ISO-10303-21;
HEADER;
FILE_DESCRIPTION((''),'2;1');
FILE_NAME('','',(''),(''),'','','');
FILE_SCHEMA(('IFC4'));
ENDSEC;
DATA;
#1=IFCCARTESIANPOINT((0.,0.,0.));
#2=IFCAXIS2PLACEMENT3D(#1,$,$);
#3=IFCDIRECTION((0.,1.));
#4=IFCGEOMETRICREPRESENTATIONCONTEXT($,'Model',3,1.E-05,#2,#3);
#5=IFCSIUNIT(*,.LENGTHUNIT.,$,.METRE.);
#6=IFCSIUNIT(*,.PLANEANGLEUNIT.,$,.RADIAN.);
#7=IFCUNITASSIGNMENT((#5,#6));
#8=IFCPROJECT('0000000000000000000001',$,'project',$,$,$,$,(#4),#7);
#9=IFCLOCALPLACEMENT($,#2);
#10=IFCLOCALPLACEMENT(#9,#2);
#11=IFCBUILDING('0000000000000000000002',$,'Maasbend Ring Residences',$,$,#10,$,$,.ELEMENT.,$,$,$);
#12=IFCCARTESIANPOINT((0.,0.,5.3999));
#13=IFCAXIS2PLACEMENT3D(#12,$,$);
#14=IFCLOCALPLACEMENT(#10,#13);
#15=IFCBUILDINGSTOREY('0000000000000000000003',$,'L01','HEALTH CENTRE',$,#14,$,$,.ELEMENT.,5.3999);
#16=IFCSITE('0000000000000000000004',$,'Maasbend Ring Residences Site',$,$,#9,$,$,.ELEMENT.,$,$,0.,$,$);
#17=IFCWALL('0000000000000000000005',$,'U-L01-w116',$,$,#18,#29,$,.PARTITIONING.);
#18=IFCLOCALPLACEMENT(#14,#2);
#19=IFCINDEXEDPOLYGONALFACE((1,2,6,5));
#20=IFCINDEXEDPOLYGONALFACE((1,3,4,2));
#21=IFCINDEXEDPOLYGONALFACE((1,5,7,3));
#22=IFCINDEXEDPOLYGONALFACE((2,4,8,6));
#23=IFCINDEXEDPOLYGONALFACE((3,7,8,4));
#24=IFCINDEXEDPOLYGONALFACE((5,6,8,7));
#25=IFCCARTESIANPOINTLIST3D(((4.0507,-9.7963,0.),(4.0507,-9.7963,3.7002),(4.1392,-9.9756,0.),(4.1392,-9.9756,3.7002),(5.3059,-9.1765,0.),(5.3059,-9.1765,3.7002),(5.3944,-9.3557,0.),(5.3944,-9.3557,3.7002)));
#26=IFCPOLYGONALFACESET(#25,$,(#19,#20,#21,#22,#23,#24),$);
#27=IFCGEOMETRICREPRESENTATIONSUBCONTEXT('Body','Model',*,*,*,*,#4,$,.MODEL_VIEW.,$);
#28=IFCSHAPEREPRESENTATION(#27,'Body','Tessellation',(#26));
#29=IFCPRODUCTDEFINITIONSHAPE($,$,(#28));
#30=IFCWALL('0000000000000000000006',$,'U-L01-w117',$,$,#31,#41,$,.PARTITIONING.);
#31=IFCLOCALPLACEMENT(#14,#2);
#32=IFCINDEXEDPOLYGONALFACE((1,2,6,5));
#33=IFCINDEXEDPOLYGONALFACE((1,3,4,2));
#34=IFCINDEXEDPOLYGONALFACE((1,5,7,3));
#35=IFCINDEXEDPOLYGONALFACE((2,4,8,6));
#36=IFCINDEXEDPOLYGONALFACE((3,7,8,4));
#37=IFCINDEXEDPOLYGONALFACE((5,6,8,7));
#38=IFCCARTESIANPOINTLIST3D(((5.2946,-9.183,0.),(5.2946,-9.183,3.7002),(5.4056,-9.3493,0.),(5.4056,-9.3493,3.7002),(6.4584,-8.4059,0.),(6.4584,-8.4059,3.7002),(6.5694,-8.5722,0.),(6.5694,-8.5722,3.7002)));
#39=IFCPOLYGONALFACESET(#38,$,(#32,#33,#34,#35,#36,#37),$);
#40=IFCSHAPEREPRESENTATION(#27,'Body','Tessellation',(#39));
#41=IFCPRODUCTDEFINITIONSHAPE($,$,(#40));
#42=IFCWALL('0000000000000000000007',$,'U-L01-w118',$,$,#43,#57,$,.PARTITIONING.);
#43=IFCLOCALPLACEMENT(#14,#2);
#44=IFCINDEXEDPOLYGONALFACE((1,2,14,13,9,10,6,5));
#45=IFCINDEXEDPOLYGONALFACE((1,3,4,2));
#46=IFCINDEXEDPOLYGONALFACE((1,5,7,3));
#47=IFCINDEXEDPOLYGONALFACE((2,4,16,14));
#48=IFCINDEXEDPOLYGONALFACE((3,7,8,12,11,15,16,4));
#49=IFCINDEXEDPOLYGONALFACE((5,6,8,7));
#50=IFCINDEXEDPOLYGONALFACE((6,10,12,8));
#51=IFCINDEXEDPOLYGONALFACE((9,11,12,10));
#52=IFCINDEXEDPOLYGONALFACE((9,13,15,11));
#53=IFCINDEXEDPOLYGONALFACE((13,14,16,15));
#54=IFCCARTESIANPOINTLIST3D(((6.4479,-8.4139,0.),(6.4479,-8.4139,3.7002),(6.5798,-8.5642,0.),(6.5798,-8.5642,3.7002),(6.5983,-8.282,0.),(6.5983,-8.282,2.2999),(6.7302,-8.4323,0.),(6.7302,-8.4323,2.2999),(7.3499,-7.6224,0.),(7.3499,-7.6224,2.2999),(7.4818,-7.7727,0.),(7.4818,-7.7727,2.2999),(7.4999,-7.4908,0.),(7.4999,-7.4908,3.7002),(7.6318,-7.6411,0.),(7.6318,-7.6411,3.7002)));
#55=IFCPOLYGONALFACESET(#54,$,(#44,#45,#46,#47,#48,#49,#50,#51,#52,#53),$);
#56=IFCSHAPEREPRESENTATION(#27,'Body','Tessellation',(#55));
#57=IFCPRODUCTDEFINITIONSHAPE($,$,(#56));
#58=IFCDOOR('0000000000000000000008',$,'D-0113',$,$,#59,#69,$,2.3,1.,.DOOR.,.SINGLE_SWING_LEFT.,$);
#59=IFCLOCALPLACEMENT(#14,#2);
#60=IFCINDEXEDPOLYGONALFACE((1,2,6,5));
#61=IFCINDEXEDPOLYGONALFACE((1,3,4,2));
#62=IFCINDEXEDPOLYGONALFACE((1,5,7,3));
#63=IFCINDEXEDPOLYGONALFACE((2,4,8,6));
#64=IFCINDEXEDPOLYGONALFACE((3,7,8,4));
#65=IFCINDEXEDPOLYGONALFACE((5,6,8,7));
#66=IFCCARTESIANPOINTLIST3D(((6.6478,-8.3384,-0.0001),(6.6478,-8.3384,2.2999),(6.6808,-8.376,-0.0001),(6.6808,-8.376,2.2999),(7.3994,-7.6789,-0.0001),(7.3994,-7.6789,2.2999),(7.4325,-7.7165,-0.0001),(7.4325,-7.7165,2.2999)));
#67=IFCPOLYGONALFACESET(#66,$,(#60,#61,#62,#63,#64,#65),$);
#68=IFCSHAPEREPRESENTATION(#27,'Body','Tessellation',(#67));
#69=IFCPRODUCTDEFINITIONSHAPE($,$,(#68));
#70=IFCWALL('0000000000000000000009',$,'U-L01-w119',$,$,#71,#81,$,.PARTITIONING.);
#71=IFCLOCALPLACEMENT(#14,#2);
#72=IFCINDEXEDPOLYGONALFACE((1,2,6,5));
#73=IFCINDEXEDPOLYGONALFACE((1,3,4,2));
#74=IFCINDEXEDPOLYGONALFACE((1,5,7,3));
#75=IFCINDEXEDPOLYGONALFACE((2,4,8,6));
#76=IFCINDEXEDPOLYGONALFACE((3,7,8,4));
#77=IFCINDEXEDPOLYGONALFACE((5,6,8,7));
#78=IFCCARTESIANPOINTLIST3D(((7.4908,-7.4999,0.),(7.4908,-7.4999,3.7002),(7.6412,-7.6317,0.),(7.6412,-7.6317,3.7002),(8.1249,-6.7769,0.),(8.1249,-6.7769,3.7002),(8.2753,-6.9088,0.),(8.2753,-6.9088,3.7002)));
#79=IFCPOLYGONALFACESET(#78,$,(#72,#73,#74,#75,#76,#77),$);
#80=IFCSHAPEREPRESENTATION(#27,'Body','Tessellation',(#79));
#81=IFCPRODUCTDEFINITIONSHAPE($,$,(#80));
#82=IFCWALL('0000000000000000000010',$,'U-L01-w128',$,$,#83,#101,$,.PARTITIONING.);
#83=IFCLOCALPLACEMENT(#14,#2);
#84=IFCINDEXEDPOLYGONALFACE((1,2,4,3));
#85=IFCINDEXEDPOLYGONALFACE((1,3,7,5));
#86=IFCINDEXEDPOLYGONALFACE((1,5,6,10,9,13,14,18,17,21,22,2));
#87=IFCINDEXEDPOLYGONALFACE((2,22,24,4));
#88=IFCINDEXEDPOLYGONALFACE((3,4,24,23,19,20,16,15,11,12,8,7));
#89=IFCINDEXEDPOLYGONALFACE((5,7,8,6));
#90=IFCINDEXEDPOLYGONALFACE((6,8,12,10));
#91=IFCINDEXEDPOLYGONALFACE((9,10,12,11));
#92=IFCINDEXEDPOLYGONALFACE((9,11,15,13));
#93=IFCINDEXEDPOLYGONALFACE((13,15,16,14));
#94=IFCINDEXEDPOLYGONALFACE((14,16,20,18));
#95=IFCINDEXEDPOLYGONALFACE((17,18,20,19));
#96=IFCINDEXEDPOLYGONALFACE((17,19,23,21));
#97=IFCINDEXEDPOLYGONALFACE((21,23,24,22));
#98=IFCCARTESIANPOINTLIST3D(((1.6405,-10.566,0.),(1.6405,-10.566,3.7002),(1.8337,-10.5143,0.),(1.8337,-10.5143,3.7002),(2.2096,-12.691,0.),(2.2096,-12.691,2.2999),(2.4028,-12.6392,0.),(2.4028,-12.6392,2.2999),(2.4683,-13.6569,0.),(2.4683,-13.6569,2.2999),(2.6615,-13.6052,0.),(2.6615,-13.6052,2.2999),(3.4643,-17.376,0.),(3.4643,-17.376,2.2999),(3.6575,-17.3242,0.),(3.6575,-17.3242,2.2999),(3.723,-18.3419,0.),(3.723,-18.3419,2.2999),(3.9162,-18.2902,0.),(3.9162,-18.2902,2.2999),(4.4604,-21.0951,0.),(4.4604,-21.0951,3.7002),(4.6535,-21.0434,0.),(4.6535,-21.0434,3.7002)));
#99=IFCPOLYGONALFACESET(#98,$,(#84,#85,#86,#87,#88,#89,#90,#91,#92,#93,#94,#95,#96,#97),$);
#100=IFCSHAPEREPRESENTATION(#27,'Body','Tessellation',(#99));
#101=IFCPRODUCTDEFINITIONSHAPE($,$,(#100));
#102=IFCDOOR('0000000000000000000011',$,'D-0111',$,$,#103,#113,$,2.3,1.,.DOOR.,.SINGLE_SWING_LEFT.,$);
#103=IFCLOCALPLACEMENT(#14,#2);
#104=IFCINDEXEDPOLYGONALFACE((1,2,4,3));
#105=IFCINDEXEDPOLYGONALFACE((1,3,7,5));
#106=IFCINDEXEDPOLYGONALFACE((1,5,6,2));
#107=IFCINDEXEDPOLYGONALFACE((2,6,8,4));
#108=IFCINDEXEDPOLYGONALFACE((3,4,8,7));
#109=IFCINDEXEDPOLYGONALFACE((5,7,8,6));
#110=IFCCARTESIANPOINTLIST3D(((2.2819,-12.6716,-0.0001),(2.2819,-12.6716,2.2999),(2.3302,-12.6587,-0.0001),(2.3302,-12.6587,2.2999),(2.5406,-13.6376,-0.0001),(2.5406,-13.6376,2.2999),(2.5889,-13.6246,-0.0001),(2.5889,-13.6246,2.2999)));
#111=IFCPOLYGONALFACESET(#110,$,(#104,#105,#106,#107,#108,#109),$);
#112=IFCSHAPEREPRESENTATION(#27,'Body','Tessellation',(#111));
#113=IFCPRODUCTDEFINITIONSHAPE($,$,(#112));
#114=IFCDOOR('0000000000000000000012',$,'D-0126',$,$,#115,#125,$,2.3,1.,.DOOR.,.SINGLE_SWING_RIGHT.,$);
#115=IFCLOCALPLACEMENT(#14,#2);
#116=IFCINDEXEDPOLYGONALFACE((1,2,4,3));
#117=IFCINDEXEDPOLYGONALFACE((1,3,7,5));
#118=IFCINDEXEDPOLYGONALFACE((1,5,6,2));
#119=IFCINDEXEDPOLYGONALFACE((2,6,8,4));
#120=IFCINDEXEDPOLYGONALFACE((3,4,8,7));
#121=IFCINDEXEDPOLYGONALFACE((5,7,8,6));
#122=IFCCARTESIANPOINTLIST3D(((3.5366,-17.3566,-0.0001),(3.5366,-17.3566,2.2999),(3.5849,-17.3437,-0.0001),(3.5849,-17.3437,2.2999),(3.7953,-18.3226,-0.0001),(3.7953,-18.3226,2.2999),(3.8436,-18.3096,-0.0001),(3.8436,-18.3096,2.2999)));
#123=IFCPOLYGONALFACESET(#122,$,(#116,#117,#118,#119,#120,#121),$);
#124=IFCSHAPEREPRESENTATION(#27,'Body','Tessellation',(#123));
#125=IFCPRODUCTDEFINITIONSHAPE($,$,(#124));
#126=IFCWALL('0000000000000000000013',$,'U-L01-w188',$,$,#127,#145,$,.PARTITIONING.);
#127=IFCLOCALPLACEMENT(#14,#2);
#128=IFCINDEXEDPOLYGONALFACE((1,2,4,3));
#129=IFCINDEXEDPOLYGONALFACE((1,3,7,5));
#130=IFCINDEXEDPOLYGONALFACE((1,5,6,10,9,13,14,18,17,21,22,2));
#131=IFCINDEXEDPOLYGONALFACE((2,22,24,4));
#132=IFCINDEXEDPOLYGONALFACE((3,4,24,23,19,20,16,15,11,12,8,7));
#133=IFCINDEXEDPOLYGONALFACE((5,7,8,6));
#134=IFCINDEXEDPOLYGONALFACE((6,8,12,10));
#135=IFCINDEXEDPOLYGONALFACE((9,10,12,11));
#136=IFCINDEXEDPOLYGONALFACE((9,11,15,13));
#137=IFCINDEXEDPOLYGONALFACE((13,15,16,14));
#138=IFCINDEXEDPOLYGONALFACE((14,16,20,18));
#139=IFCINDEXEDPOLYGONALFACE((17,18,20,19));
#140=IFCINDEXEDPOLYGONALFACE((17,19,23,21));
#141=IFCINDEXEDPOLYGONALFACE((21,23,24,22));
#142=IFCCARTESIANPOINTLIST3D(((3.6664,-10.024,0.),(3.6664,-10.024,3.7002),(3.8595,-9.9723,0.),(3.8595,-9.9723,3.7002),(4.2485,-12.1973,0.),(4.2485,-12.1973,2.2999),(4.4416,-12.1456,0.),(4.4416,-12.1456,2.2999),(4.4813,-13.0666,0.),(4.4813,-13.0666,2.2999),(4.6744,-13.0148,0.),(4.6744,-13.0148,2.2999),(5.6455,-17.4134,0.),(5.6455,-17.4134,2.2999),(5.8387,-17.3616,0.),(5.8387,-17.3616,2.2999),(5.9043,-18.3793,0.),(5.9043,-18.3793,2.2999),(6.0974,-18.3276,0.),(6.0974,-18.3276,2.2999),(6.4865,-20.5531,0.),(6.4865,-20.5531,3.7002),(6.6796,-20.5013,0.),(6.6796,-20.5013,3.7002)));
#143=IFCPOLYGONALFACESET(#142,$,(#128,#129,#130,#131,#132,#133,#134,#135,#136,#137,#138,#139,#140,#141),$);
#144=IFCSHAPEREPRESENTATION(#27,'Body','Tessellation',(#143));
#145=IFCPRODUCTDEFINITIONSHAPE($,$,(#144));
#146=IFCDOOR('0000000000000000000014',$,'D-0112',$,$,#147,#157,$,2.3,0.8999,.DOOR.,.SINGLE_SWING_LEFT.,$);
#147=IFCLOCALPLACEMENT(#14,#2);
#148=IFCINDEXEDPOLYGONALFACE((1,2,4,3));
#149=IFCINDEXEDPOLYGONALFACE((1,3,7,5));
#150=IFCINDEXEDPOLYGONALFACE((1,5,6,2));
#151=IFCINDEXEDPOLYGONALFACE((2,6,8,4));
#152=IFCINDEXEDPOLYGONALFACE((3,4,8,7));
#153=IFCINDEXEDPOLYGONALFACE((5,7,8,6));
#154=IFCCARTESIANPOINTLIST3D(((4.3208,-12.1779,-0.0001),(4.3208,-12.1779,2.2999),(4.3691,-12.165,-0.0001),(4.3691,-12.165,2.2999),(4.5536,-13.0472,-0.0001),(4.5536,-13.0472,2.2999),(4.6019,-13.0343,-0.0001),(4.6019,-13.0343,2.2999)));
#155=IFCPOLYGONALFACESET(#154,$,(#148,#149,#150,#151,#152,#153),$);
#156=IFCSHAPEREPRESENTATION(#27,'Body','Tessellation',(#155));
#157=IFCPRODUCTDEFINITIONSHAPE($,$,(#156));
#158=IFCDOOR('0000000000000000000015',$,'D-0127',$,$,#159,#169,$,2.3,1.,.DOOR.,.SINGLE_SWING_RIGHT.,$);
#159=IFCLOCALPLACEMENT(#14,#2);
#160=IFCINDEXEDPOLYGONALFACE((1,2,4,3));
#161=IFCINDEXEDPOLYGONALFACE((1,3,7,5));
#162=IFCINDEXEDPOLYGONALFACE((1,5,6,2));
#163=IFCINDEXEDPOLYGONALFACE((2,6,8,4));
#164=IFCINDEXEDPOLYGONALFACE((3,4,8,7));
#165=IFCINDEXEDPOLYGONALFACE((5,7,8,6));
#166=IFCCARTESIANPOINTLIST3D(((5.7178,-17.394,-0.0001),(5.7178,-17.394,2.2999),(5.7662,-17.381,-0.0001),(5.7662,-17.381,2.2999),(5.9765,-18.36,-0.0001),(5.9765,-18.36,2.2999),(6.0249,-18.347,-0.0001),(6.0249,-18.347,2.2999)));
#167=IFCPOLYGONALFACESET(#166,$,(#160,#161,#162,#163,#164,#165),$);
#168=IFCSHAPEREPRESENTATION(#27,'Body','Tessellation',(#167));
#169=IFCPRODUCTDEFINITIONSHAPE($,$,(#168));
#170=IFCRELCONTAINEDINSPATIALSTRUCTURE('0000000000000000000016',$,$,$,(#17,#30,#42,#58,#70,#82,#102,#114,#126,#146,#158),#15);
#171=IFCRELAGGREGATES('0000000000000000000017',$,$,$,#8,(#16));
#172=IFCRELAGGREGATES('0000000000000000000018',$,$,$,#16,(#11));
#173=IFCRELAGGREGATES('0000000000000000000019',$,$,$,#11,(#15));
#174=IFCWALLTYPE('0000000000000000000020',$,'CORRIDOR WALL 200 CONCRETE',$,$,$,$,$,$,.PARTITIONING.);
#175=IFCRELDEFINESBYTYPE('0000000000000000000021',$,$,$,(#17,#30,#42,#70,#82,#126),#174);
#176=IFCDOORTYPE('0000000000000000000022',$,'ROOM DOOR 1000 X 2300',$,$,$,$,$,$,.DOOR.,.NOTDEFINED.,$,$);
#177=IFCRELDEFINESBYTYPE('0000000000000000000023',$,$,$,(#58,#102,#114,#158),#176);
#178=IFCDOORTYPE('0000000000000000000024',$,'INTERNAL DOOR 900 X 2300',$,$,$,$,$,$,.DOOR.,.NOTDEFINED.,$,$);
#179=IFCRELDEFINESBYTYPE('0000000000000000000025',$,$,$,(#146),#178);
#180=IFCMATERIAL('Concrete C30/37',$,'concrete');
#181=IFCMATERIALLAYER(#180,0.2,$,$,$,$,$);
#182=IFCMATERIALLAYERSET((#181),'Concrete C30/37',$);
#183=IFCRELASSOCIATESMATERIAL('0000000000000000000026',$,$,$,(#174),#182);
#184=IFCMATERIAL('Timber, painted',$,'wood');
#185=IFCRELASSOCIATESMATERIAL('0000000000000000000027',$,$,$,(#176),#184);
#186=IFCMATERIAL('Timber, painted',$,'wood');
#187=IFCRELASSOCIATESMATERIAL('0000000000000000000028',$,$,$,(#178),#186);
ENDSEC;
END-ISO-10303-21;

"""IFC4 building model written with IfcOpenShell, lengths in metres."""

from ifc_helpers import new_model, si_unit, direction, frame, frame_2d, origin, place, context, subcontext, project, spatial, rectangle, extrude, material, layer, layer_set, type_object, element, fill, save


model = new_model("IFC4")

# Units and contexts
model_context = context("Model", 3, precision=1e-05, world=origin(), true_north=direction((0.0, 1.0)))
body_context = subcontext(model_context, "Body", "Model", "MODEL_VIEW")
ifc_project = project(units=[si_unit("LENGTHUNIT", "METRE"), si_unit("PLANEANGLEUNIT", "RADIAN")], contexts=[model_context])

# Site, building, storey
site_placement = place(None, origin())
site = spatial("IfcSite", under=ifc_project, at=site_placement, Name="Maasbend Ring Residences Site", CompositionType="ELEMENT", RefElevation=0.0)
building_placement = place(site_placement, origin())
building = spatial("IfcBuilding", under=site, at=building_placement, Name="Maasbend Ring Residences", CompositionType="ELEMENT")
storey_placement = place(building_placement, frame((0.0, 0.0, 5.3999)))
storey = spatial("IfcBuildingStorey", under=building, at=storey_placement, Name="L01", Description="HEALTH CENTRE", CompositionType="ELEMENT", Elevation=5.3999)

# Walls
ifc_material_1 = material(Name="Concrete C30/37", Category="concrete")
ifc_layer_1 = layer(ifc_material_1, 0.2)
ifc_layer_set_1 = layer_set([ifc_layer_1], Name="Concrete C30/37")
wall_type_1 = type_object("IfcWallType", Name="CORRIDOR WALL 200 CONCRETE", PredefinedType="PARTITIONING", material=ifc_layer_set_1)
wall_1_placement = place(storey_placement, frame((4.095, -9.886, 0.0), z_axis=(0.0, 0.0, 1.0), x_axis=(0.896614, 0.442813, 0.0)))
element("IfcWall", 1, at=wall_1_placement, inside=storey, type_object=wall_type_1, Name="U-L01-w116", PredefinedType="PARTITIONING", context=body_context, shape_type="SweptSolid", body=[
    extrude(rectangle(XDim=1.3999, YDim=0.2, at=frame_2d((0.7, 0.0))), origin(), (0.0, 0.0, 1.0), 3.7002),
])
wall_2_placement = place(storey_placement, frame((5.3501, -9.2661, 0.0), z_axis=(0.0, 0.0, 1.0), x_axis=(0.831647, 0.555304, 0.0)))
element("IfcWall", 2, at=wall_2_placement, inside=storey, type_object=wall_type_1, Name="U-L01-w117", PredefinedType="PARTITIONING", context=body_context, shape_type="SweptSolid", body=[
    extrude(rectangle(XDim=1.3994, YDim=0.2, at=frame_2d((0.6997, 0.0))), origin(), (0.0, 0.0, 1.0), 3.7002),
])

# Wall, opening, door
wall_3_placement = place(storey_placement, frame((6.5139, -8.489, 0.0), z_axis=(0.0, 0.0, 1.0), x_axis=(0.751657, 0.659554, 0.0)))
wall_3 = element("IfcWall", 3, at=wall_3_placement, inside=storey, type_object=wall_type_1, Name="U-L01-w118", PredefinedType="PARTITIONING", context=body_context, shape_type="SweptSolid", body=[
    extrude(rectangle(XDim=1.3997, YDim=0.2, at=frame_2d((0.6997, 0.0))), origin(), (0.0, 0.0, 1.0), 3.7002),
])
opening_1_placement = place(wall_3_placement, frame((0.2, 0.0, 0.0)))
opening_1 = element("IfcOpeningElement", 4, at=opening_1_placement, cuts=wall_3, PredefinedType="OPENING", context=body_context, shape_type="SweptSolid", body=[
    extrude(rectangle(XDim=1.0, YDim=2.3, at=frame_2d((0.5, 1.1499))), frame((0.0, 0.1099, 0.0), z_axis=(0.0, -1.0, 0.0), x_axis=(1.0, 0.0, 0.0)), (0.0, 0.0, 1.0), 0.22),
])
ifc_material_2 = material(Name="Timber, painted", Category="wood")
door_type_1 = type_object("IfcDoorType", Name="ROOM DOOR 1000 X 2300", OperationType="NOTDEFINED", PredefinedType="DOOR", material=ifc_material_2)
door_1_placement = place(opening_1_placement, origin())
door_1 = element("IfcDoor", 5, at=door_1_placement, inside=storey, type_object=door_type_1, Name="D-0113", OperationType="SINGLE_SWING_LEFT", OverallHeight=2.3, OverallWidth=1.0, PredefinedType="DOOR", context=body_context, shape_type="SweptSolid", body=[
    extrude(rectangle(XDim=1.0, YDim=2.3, at=frame_2d((0.5, 1.1499))), frame((0.0, 0.0249, 0.0), z_axis=(0.0, -1.0, 0.0), x_axis=(1.0, 0.0, 0.0)), (0.0, 0.0, 1.0), 0.05),
])
fill(opening_1, door_1)

# Wall
wall_4_placement = place(storey_placement, frame((7.5659, -7.5659, 0.0), z_axis=(0.0, 0.0, 1.0), x_axis=(0.659385, 0.751805, 0.0)))
element("IfcWall", 6, at=wall_4_placement, inside=storey, type_object=wall_type_1, Name="U-L01-w119", PredefinedType="PARTITIONING", context=body_context, shape_type="SweptSolid", body=[
    extrude(rectangle(XDim=0.9617, YDim=0.2, at=frame_2d((0.481, 0.0))), origin(), (0.0, 0.0, 1.0), 3.7002),
])

# Walls, openings, doors
wall_5_placement = place(storey_placement, frame((1.7371, -10.54, 0.0), z_axis=(0.0, 0.0, 1.0), x_axis=(0.258697, -0.965959, 0.0)))
wall_5 = element("IfcWall", 7, at=wall_5_placement, inside=storey, type_object=wall_type_1, Name="U-L01-w128", PredefinedType="PARTITIONING", context=body_context, shape_type="SweptSolid", body=[
    extrude(rectangle(XDim=10.9001, YDim=0.2, at=frame_2d((5.4502, 0.0))), origin(), (0.0, 0.0, 1.0), 3.7002),
])
opening_2_placement = place(wall_5_placement, frame((2.2, 0.0, 0.0)))
opening_2 = element("IfcOpeningElement", 8, at=opening_2_placement, cuts=wall_5, PredefinedType="OPENING", context=body_context, shape_type="SweptSolid", body=[
    extrude(rectangle(XDim=1.0, YDim=2.3, at=frame_2d((0.5, 1.1499))), frame((0.0, 0.1099, 0.0), z_axis=(0.0, -1.0, 0.0), x_axis=(1.0, 0.0, 0.0)), (0.0, 0.0, 1.0), 0.22),
])
opening_3_placement = place(wall_5_placement, frame((7.05, 0.0, 0.0)))
opening_3 = element("IfcOpeningElement", 9, at=opening_3_placement, cuts=wall_5, PredefinedType="OPENING", context=body_context, shape_type="SweptSolid", body=[
    extrude(rectangle(XDim=1.0, YDim=2.3, at=frame_2d((0.5, 1.1499))), frame((0.0, 0.1099, 0.0), z_axis=(0.0, -1.0, 0.0), x_axis=(1.0, 0.0, 0.0)), (0.0, 0.0, 1.0), 0.22),
])
door_2_placement = place(opening_2_placement, origin())
door_2 = element("IfcDoor", 10, at=door_2_placement, inside=storey, type_object=door_type_1, Name="D-0111", OperationType="SINGLE_SWING_LEFT", OverallHeight=2.3, OverallWidth=1.0, PredefinedType="DOOR", context=body_context, shape_type="SweptSolid", body=[
    extrude(rectangle(XDim=1.0, YDim=2.3, at=frame_2d((0.5, 1.1499))), frame((0.0, 0.0249, 0.0), z_axis=(0.0, -1.0, 0.0), x_axis=(1.0, 0.0, 0.0)), (0.0, 0.0, 1.0), 0.05),
])
fill(opening_2, door_2)
door_3_placement = place(opening_3_placement, origin())
door_3 = element("IfcDoor", 11, at=door_3_placement, inside=storey, type_object=door_type_1, Name="D-0126", OperationType="SINGLE_SWING_RIGHT", OverallHeight=2.3, OverallWidth=1.0, PredefinedType="DOOR", context=body_context, shape_type="SweptSolid", body=[
    extrude(rectangle(XDim=1.0, YDim=2.3, at=frame_2d((0.5, 1.1499))), frame((0.0, 0.0249, 0.0), z_axis=(0.0, -1.0, 0.0), x_axis=(1.0, 0.0, 0.0)), (0.0, 0.0, 1.0), 0.05),
])
fill(opening_3, door_3)
wall_6_placement = place(storey_placement, frame((3.7629, -9.998, 0.0), z_axis=(0.0, 0.0, 1.0), x_axis=(0.258718, -0.965953, 0.0)))
wall_6 = element("IfcWall", 12, at=wall_6_placement, inside=storey, type_object=wall_type_1, Name="U-L01-w188", PredefinedType="PARTITIONING", context=body_context, shape_type="SweptSolid", body=[
    extrude(rectangle(XDim=10.9001, YDim=0.2, at=frame_2d((5.4502, 0.0))), origin(), (0.0, 0.0, 1.0), 3.7002),
])
opening_4_placement = place(wall_6_placement, frame((2.25, 0.0, 0.0)))
opening_4 = element("IfcOpeningElement", 13, at=opening_4_placement, cuts=wall_6, PredefinedType="OPENING", context=body_context, shape_type="SweptSolid", body=[
    extrude(rectangle(XDim=0.8999, YDim=2.3, at=frame_2d((0.45, 1.1499))), frame((0.0, 0.1099, 0.0), z_axis=(0.0, -1.0, 0.0), x_axis=(1.0, 0.0, 0.0)), (0.0, 0.0, 1.0), 0.22),
])
opening_5_placement = place(wall_6_placement, frame((7.6499, 0.0, 0.0)))
opening_5 = element("IfcOpeningElement", 14, at=opening_5_placement, cuts=wall_6, PredefinedType="OPENING", context=body_context, shape_type="SweptSolid", body=[
    extrude(rectangle(XDim=1.0, YDim=2.3, at=frame_2d((0.5, 1.1499))), frame((0.0, 0.1099, 0.0), z_axis=(0.0, -1.0, 0.0), x_axis=(1.0, 0.0, 0.0)), (0.0, 0.0, 1.0), 0.22),
])
ifc_material_3 = material(Name="Timber, painted", Category="wood")
door_type_2 = type_object("IfcDoorType", Name="INTERNAL DOOR 900 X 2300", OperationType="NOTDEFINED", PredefinedType="DOOR", material=ifc_material_3)
door_4_placement = place(opening_4_placement, origin())
door_4 = element("IfcDoor", 15, at=door_4_placement, inside=storey, type_object=door_type_2, Name="D-0112", OperationType="SINGLE_SWING_LEFT", OverallHeight=2.3, OverallWidth=0.8999, PredefinedType="DOOR", context=body_context, shape_type="SweptSolid", body=[
    extrude(rectangle(XDim=0.8999, YDim=2.3, at=frame_2d((0.45, 1.1499))), frame((0.0, 0.0249, 0.0), z_axis=(0.0, -1.0, 0.0), x_axis=(1.0, 0.0, 0.0)), (0.0, 0.0, 1.0), 0.05),
])
fill(opening_4, door_4)
door_5_placement = place(opening_5_placement, origin())
door_5 = element("IfcDoor", 16, at=door_5_placement, inside=storey, type_object=door_type_1, Name="D-0127", OperationType="SINGLE_SWING_RIGHT", OverallHeight=2.3, OverallWidth=1.0, PredefinedType="DOOR", context=body_context, shape_type="SweptSolid", body=[
    extrude(rectangle(XDim=1.0, YDim=2.3, at=frame_2d((0.5, 1.1499))), frame((0.0, 0.0249, 0.0), z_axis=(0.0, -1.0, 0.0), x_axis=(1.0, 0.0, 0.0)), (0.0, 0.0, 1.0), 0.05),
])
fill(opening_5, door_5)

save(model, "model.ifc")
